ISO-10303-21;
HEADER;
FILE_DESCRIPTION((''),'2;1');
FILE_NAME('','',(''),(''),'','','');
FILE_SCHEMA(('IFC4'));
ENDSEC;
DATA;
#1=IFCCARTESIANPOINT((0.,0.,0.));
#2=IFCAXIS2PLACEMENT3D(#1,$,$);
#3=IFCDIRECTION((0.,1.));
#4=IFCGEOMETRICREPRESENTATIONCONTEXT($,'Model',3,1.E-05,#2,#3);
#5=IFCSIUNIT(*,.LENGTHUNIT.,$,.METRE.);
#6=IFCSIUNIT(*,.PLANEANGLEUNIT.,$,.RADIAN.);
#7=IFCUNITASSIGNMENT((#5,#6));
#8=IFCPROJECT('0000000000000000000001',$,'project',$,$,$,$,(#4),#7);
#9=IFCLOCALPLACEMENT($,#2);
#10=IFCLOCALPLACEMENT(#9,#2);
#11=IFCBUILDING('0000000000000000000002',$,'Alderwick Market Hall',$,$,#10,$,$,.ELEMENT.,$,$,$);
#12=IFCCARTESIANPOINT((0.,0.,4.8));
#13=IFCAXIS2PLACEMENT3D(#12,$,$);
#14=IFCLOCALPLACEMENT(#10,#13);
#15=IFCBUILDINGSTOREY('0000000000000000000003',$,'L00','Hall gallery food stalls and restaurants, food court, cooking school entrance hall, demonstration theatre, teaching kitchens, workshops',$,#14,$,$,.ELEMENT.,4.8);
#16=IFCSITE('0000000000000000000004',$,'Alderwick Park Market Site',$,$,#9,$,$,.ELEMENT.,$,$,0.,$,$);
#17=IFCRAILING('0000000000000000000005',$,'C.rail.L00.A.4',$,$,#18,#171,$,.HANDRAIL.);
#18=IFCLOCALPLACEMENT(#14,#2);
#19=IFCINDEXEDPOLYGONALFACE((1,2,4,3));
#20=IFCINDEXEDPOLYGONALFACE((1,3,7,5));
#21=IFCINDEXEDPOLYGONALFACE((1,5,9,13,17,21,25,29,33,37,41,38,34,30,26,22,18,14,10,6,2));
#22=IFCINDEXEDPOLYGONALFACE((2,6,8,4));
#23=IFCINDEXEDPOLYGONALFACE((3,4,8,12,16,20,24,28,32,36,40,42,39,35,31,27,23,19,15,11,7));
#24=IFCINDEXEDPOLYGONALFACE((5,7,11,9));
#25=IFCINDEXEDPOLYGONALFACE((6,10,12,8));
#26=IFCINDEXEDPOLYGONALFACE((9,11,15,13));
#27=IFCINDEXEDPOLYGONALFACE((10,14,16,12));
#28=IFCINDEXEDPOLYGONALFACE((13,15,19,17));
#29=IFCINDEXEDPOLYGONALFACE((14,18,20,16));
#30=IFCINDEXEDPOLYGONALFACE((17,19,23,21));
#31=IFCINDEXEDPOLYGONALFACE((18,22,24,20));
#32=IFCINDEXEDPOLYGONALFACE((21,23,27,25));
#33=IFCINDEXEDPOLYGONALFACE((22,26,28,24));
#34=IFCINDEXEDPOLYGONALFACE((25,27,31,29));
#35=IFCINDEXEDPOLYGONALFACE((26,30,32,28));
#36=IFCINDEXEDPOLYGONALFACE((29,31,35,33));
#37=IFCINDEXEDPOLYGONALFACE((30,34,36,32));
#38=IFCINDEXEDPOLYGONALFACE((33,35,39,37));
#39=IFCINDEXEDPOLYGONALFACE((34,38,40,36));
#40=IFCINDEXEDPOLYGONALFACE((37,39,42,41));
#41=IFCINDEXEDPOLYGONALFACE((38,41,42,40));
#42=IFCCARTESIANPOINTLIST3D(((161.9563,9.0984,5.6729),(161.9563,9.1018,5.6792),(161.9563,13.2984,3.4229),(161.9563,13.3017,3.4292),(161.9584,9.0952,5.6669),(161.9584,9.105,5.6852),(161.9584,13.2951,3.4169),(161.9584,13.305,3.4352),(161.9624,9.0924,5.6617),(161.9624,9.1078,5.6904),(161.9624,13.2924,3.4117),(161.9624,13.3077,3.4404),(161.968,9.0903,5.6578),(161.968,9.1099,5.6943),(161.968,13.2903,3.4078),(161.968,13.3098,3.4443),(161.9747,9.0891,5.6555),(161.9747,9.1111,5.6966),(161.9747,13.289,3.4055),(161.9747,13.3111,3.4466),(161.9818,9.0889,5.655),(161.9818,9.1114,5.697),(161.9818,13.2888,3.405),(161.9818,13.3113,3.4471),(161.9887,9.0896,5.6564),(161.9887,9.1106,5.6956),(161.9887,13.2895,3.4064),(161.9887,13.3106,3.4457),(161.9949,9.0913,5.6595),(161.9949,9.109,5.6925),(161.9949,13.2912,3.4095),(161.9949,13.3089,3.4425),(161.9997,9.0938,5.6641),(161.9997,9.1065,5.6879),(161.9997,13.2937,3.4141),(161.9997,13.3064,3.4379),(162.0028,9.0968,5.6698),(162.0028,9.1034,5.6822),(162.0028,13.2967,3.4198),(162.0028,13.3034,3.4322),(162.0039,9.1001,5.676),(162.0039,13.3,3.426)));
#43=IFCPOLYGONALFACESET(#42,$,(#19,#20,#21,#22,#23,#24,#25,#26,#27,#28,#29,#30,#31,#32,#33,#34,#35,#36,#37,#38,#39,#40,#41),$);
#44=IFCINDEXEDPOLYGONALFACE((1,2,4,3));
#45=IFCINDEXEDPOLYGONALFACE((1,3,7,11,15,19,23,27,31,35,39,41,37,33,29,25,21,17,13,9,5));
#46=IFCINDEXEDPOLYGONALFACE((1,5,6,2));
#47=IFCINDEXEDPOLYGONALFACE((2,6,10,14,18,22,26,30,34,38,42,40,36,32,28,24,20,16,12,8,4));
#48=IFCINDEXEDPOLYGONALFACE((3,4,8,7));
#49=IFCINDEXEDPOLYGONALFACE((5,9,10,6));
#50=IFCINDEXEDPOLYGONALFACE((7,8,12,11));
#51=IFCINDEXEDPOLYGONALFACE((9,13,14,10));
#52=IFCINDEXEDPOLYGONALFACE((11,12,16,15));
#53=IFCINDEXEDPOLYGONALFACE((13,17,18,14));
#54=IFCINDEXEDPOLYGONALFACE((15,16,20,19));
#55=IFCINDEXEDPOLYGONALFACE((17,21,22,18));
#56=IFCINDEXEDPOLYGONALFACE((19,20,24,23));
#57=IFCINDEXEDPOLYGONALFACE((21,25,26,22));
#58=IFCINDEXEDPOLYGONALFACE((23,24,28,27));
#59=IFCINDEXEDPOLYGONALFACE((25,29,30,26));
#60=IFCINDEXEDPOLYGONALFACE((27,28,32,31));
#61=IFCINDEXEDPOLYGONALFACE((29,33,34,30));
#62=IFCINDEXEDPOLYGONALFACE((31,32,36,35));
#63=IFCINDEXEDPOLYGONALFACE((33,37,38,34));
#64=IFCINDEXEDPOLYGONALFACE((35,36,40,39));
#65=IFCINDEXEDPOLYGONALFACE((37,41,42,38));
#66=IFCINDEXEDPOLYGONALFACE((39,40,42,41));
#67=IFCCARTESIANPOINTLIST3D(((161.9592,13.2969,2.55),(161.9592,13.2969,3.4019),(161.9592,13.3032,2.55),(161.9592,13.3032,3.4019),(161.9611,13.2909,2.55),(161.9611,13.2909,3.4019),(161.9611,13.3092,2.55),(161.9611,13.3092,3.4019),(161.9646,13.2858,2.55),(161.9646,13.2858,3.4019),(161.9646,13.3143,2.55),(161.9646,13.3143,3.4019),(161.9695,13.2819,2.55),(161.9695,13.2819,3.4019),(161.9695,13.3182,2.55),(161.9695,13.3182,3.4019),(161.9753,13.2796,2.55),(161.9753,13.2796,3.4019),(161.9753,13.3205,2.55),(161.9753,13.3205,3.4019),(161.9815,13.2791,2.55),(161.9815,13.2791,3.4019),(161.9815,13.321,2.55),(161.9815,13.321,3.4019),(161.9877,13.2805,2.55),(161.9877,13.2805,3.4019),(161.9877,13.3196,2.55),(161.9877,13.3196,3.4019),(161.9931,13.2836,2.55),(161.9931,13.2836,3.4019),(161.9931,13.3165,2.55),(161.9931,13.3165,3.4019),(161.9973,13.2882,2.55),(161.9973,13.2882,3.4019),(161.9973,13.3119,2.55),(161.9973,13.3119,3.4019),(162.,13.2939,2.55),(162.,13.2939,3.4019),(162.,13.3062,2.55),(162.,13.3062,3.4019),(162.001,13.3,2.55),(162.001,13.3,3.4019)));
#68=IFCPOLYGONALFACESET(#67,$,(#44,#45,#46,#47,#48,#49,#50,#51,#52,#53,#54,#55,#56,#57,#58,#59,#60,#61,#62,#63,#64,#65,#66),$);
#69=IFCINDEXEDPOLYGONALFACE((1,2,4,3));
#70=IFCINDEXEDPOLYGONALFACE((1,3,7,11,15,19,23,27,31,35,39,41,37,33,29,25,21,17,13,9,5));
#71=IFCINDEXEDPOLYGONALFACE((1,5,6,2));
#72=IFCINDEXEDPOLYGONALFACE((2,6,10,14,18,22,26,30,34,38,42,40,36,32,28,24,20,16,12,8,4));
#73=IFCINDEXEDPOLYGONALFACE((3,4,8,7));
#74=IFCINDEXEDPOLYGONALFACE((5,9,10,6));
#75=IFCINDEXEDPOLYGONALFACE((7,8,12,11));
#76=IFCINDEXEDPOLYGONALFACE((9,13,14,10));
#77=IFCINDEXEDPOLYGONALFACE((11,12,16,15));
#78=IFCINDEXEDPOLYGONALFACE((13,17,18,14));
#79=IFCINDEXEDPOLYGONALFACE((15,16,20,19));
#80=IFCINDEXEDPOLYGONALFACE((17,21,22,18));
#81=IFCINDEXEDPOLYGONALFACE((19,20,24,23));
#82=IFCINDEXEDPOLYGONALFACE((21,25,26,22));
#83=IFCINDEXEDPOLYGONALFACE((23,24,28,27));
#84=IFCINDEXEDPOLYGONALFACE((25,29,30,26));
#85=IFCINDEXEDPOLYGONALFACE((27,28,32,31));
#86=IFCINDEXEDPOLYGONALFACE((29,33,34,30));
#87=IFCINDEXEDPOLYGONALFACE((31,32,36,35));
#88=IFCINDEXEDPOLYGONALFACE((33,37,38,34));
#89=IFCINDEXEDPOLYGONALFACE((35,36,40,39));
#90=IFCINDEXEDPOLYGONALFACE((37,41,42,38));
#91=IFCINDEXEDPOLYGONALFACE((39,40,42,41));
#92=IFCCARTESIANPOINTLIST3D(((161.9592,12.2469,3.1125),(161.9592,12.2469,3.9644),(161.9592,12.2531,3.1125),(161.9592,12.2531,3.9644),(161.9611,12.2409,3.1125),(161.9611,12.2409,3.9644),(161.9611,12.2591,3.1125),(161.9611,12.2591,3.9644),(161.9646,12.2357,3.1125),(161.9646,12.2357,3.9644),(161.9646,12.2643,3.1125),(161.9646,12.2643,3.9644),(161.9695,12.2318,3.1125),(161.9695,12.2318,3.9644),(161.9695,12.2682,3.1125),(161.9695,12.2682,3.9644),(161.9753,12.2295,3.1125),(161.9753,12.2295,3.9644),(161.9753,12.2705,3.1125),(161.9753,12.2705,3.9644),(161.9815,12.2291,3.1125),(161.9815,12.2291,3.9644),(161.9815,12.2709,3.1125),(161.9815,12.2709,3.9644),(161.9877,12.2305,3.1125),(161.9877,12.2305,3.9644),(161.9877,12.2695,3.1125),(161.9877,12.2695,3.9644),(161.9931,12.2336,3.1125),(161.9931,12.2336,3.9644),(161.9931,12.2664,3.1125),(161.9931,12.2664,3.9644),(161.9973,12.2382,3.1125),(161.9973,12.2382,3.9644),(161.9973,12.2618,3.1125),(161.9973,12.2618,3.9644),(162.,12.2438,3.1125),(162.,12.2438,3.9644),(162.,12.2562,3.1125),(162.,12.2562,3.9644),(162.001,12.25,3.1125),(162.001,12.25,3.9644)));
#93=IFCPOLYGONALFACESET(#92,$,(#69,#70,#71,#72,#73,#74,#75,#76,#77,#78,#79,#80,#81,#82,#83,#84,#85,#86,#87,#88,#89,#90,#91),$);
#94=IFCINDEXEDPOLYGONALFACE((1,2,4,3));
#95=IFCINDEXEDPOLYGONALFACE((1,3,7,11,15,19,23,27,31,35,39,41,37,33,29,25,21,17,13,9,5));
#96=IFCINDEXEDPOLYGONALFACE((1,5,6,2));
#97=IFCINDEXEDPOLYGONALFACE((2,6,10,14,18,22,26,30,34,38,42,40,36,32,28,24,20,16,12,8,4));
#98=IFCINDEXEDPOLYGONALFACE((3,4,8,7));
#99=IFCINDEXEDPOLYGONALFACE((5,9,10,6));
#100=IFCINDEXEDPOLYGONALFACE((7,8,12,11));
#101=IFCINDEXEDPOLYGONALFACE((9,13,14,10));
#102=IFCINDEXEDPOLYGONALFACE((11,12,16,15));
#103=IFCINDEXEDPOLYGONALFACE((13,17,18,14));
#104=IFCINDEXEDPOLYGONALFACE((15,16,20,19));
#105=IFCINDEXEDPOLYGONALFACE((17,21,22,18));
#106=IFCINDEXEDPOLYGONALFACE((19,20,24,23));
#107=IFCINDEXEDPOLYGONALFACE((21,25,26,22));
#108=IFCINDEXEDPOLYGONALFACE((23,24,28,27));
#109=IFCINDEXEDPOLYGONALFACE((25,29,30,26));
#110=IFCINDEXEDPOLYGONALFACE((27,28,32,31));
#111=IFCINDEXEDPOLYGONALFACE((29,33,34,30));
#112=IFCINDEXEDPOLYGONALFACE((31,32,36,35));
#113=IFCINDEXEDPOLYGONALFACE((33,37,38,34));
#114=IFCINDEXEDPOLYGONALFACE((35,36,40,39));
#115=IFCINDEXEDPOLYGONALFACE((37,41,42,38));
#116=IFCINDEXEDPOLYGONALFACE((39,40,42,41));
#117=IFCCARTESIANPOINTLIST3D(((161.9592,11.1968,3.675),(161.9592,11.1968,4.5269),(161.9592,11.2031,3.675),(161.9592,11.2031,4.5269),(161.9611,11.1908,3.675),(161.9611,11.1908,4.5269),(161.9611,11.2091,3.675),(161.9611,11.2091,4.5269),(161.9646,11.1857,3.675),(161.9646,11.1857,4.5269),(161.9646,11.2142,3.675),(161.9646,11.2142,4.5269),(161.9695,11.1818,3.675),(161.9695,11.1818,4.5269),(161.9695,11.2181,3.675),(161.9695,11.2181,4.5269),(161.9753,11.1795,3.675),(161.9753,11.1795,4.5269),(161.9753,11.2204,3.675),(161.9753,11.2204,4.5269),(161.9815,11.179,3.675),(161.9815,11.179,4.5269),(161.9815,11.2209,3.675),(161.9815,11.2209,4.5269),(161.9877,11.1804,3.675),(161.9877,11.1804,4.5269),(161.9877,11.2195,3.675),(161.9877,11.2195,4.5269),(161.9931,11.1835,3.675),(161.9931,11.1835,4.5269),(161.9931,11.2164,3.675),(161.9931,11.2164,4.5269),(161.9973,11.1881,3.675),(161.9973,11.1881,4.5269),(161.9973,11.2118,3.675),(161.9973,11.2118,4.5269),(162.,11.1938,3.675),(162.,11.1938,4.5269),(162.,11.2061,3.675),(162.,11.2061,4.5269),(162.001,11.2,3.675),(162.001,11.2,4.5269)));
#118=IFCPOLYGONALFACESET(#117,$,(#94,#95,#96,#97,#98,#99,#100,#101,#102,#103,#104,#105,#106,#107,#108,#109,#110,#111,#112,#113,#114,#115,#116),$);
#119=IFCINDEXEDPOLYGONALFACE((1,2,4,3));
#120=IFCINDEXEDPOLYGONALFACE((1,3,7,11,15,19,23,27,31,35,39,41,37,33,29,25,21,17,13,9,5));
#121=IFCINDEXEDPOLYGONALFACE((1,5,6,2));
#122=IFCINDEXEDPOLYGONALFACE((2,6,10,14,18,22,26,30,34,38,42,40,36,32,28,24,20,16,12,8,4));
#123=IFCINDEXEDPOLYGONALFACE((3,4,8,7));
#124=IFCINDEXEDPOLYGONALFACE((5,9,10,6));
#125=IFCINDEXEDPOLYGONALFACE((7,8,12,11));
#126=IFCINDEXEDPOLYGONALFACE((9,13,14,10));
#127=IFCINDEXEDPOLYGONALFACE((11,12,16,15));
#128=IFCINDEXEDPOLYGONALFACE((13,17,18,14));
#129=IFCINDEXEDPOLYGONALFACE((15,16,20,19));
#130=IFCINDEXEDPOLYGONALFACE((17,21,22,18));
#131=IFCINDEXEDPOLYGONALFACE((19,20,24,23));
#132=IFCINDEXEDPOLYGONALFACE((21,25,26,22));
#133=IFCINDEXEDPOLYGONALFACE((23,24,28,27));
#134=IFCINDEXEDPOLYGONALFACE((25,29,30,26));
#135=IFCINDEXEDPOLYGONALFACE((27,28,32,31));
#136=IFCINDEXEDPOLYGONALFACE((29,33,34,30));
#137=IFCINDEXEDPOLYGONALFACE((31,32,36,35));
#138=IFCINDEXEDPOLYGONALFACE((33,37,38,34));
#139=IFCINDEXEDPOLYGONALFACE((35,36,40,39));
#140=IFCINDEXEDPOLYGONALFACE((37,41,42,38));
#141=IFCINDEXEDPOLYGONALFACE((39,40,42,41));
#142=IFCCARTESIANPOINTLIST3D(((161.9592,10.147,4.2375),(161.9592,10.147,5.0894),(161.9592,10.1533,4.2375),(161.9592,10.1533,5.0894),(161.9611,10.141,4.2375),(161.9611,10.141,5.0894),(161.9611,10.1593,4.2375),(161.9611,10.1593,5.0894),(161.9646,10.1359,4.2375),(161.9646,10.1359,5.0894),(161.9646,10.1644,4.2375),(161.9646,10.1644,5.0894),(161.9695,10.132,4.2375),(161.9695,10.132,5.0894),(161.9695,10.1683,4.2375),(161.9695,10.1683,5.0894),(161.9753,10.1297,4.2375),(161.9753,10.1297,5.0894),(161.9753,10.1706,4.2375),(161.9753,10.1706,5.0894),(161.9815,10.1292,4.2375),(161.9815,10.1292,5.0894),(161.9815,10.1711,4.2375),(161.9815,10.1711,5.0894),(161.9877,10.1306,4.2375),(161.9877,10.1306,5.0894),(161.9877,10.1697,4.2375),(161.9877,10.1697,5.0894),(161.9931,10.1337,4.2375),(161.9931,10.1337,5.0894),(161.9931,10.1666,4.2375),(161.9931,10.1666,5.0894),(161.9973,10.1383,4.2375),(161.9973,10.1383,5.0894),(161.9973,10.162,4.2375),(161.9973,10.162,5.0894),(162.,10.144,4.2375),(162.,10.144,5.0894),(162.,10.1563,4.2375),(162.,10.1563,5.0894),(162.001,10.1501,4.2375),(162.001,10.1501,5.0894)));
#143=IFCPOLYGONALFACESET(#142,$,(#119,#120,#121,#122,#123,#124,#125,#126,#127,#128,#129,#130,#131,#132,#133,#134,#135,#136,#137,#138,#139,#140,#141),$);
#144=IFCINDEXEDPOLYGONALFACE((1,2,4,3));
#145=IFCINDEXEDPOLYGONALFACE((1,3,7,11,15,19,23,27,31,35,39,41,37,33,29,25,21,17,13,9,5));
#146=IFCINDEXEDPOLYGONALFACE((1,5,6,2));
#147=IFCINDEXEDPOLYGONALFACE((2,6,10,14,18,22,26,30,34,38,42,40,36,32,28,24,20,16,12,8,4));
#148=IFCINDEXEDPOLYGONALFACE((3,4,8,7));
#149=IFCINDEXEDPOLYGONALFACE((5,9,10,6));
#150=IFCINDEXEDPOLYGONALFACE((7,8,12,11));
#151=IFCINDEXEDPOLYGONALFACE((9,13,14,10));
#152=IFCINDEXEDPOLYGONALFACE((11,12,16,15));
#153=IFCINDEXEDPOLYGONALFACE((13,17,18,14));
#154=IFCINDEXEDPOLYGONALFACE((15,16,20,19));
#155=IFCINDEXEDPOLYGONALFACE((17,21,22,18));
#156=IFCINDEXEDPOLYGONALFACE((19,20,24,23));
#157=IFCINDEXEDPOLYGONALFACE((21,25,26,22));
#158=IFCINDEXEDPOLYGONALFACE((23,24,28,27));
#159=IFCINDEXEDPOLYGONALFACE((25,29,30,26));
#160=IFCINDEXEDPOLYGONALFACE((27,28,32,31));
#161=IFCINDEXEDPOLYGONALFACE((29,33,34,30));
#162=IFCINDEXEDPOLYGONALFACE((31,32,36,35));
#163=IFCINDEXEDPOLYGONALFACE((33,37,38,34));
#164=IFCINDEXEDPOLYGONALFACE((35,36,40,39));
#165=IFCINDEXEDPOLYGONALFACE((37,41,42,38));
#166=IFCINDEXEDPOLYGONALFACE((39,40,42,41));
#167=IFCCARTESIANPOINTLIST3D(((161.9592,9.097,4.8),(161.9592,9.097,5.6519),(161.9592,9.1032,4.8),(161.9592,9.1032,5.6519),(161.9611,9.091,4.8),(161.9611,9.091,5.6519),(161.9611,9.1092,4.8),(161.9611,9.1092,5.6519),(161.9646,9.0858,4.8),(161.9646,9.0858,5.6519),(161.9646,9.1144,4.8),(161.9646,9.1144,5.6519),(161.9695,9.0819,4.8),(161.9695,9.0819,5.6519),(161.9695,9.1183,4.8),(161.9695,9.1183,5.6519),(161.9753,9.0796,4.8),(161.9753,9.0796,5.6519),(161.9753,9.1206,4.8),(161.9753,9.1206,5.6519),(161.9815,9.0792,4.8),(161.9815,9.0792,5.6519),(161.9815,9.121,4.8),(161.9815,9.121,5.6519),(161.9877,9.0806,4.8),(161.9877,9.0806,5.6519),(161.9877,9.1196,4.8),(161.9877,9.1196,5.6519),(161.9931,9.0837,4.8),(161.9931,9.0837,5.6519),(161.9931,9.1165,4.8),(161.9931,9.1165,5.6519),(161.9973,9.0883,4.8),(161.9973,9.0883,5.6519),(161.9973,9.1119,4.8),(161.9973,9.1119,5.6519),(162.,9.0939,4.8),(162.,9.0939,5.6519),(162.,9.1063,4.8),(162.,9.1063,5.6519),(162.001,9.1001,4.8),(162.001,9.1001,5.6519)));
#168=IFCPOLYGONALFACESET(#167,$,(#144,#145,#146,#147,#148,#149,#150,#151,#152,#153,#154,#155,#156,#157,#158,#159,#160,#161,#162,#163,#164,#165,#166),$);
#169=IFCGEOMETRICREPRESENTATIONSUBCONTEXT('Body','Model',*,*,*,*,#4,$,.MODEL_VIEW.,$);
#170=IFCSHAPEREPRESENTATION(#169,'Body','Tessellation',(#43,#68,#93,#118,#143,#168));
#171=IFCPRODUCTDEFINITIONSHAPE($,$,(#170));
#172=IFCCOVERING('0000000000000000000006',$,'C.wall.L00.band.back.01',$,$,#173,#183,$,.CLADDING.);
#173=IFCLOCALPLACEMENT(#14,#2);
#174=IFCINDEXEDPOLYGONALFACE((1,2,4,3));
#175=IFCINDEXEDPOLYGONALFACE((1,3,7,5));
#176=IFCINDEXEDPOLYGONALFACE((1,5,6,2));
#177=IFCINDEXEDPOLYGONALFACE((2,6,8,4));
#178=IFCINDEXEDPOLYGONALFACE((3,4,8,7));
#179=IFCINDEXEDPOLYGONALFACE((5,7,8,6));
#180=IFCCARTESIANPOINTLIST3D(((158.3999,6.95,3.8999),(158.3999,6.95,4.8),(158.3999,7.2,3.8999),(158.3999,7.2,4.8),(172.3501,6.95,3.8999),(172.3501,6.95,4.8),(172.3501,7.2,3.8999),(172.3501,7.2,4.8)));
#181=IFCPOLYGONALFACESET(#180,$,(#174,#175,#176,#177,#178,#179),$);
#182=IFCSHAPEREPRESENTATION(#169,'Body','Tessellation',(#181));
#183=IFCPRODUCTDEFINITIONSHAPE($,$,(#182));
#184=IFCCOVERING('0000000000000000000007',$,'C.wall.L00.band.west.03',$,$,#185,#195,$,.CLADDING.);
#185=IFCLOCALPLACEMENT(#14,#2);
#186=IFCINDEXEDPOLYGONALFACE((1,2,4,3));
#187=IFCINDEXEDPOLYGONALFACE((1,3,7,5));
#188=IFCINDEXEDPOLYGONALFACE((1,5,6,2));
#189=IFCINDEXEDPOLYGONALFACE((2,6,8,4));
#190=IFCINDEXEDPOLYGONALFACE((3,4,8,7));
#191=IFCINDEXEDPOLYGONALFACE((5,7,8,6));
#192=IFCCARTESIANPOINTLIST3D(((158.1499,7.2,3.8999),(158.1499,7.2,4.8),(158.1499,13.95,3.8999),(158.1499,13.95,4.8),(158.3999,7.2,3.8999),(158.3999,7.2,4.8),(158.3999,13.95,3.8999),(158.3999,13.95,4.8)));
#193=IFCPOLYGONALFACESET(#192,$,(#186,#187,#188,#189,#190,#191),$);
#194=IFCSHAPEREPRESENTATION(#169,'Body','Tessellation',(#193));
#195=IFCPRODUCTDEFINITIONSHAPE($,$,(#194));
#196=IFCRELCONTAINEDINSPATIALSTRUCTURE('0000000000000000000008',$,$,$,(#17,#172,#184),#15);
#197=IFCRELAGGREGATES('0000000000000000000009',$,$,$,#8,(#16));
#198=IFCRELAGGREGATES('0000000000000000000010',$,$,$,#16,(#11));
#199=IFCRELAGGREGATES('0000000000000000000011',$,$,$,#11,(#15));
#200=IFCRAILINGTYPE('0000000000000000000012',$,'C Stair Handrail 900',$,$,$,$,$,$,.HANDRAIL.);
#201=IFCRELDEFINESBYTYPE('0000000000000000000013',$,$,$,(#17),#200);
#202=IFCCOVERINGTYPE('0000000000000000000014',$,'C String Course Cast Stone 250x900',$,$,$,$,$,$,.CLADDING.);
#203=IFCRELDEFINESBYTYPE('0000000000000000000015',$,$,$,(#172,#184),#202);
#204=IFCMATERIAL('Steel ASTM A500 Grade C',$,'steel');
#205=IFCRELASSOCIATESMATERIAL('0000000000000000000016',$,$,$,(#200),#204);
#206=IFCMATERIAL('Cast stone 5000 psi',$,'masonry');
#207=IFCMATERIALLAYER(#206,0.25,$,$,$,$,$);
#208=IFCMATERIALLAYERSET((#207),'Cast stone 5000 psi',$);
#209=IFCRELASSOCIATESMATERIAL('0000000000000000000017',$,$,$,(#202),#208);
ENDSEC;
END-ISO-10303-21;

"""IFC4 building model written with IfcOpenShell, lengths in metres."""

from ifc_helpers import new_model, si_unit, direction, frame, frame_2d, origin, origin_2d, place, context, subcontext, project, spatial, rectangle, circle, extrude, material, layer, layer_set, type_object, element, save


model = new_model("IFC4")

# Units and contexts
model_context = context("Model", 3, precision=1e-05, world=origin(), true_north=direction((0.0, 1.0)))
body_context = subcontext(model_context, "Body", "Model", "MODEL_VIEW")
ifc_project = project(units=[si_unit("LENGTHUNIT", "METRE"), si_unit("PLANEANGLEUNIT", "RADIAN")], contexts=[model_context])

# Site, building, storey
site_placement = place(None, origin())
site = spatial("IfcSite", under=ifc_project, at=site_placement, Name="Alderwick Park Market Site", CompositionType="ELEMENT", RefElevation=0.0)
building_placement = place(site_placement, origin())
building = spatial("IfcBuilding", under=site, at=building_placement, Name="Alderwick Market Hall", CompositionType="ELEMENT")
storey_placement = place(building_placement, frame((0.0, 0.0, 4.8)))
storey = spatial("IfcBuildingStorey", under=building, at=storey_placement, Name="L00", Description="Hall gallery food stalls and restaurants, food court, cooking school entrance hall, demonstration theatre, teaching kitchens, workshops", CompositionType="ELEMENT", Elevation=4.8)

# Shared definitions
ifc_material_1 = material(Name="Cast stone 5000 psi", Category="masonry")

# Railing
ifc_material_2 = material(Name="Steel ASTM A500 Grade C", Category="steel")
railing_type_1 = type_object("IfcRailingType", Name="C Stair Handrail 900", PredefinedType="HANDRAIL", material=ifc_material_2)
for number, where, name in (
    (1, (161.98, 13.3, 2.55), "C.rail.L00.A.4"),
):
    element("IfcRailing", number, at=place(storey_placement, frame(where)), inside=storey, type_object=railing_type_1, Name=name, PredefinedType="HANDRAIL", context=body_context, shape_type="SweptSolid", body=[
        extrude(circle(Radius=0.0239, at=origin_2d()), frame((0.0, 0.0, 0.876), z_axis=(0.0, -0.881478, 0.472226), x_axis=(1.0, 0.0, 0.0)), (0.0, 0.0, 1.0), 4.7646),
        extrude(circle(Radius=0.021, at=origin_2d()), origin(), (0.0, 0.0, 1.0), 0.8518),
        extrude(circle(Radius=0.021, at=origin_2d()), frame((0.0, -1.05, 0.5625)), (0.0, 0.0, 1.0), 0.8518),
        extrude(circle(Radius=0.021, at=origin_2d()), frame((0.0, -2.1001, 1.125)), (0.0, 0.0, 1.0), 0.8518),
        extrude(circle(Radius=0.021, at=origin_2d()), frame((0.0, -3.1499, 1.6875)), (0.0, 0.0, 1.0), 0.8518),
        extrude(circle(Radius=0.021, at=origin_2d()), frame((0.0, -4.2, 2.25)), (0.0, 0.0, 1.0), 0.8518),
    ])

# Coverings
ifc_layer_1 = layer(ifc_material_1, 0.25)
ifc_layer_set_1 = layer_set([ifc_layer_1], Name="Cast stone 5000 psi")
covering_type = type_object("IfcCoveringType", Name="C String Course Cast Stone 250x900", PredefinedType="CLADDING", material=ifc_layer_set_1)
covering_1_placement = place(storey_placement, frame((172.3501, 7.075, 3.8999), z_axis=(0.0, 0.0, 1.0), x_axis=(-1.0, 0.0, 0.0)))
element("IfcCovering", 2, at=covering_1_placement, inside=storey, type_object=covering_type, Name="C.wall.L00.band.back.01", PredefinedType="CLADDING", context=body_context, shape_type="SweptSolid", body=[
    extrude(rectangle(XDim=13.9502, YDim=0.25, at=frame_2d((6.9751, 0.0))), origin(), (0.0, 0.0, 1.0), 0.9001),
])
covering_2_placement = place(storey_placement, frame((158.2749, 7.2, 3.8999), z_axis=(0.0, 0.0, 1.0), x_axis=(0.0, 1.0, 0.0)))
element("IfcCovering", 3, at=covering_2_placement, inside=storey, type_object=covering_type, Name="C.wall.L00.band.west.03", PredefinedType="CLADDING", context=body_context, shape_type="SweptSolid", body=[
    extrude(rectangle(XDim=6.75, YDim=0.25, at=frame_2d((3.375, 0.0))), origin(), (0.0, 0.0, 1.0), 0.9001),
])

save(model, "model.ifc")
